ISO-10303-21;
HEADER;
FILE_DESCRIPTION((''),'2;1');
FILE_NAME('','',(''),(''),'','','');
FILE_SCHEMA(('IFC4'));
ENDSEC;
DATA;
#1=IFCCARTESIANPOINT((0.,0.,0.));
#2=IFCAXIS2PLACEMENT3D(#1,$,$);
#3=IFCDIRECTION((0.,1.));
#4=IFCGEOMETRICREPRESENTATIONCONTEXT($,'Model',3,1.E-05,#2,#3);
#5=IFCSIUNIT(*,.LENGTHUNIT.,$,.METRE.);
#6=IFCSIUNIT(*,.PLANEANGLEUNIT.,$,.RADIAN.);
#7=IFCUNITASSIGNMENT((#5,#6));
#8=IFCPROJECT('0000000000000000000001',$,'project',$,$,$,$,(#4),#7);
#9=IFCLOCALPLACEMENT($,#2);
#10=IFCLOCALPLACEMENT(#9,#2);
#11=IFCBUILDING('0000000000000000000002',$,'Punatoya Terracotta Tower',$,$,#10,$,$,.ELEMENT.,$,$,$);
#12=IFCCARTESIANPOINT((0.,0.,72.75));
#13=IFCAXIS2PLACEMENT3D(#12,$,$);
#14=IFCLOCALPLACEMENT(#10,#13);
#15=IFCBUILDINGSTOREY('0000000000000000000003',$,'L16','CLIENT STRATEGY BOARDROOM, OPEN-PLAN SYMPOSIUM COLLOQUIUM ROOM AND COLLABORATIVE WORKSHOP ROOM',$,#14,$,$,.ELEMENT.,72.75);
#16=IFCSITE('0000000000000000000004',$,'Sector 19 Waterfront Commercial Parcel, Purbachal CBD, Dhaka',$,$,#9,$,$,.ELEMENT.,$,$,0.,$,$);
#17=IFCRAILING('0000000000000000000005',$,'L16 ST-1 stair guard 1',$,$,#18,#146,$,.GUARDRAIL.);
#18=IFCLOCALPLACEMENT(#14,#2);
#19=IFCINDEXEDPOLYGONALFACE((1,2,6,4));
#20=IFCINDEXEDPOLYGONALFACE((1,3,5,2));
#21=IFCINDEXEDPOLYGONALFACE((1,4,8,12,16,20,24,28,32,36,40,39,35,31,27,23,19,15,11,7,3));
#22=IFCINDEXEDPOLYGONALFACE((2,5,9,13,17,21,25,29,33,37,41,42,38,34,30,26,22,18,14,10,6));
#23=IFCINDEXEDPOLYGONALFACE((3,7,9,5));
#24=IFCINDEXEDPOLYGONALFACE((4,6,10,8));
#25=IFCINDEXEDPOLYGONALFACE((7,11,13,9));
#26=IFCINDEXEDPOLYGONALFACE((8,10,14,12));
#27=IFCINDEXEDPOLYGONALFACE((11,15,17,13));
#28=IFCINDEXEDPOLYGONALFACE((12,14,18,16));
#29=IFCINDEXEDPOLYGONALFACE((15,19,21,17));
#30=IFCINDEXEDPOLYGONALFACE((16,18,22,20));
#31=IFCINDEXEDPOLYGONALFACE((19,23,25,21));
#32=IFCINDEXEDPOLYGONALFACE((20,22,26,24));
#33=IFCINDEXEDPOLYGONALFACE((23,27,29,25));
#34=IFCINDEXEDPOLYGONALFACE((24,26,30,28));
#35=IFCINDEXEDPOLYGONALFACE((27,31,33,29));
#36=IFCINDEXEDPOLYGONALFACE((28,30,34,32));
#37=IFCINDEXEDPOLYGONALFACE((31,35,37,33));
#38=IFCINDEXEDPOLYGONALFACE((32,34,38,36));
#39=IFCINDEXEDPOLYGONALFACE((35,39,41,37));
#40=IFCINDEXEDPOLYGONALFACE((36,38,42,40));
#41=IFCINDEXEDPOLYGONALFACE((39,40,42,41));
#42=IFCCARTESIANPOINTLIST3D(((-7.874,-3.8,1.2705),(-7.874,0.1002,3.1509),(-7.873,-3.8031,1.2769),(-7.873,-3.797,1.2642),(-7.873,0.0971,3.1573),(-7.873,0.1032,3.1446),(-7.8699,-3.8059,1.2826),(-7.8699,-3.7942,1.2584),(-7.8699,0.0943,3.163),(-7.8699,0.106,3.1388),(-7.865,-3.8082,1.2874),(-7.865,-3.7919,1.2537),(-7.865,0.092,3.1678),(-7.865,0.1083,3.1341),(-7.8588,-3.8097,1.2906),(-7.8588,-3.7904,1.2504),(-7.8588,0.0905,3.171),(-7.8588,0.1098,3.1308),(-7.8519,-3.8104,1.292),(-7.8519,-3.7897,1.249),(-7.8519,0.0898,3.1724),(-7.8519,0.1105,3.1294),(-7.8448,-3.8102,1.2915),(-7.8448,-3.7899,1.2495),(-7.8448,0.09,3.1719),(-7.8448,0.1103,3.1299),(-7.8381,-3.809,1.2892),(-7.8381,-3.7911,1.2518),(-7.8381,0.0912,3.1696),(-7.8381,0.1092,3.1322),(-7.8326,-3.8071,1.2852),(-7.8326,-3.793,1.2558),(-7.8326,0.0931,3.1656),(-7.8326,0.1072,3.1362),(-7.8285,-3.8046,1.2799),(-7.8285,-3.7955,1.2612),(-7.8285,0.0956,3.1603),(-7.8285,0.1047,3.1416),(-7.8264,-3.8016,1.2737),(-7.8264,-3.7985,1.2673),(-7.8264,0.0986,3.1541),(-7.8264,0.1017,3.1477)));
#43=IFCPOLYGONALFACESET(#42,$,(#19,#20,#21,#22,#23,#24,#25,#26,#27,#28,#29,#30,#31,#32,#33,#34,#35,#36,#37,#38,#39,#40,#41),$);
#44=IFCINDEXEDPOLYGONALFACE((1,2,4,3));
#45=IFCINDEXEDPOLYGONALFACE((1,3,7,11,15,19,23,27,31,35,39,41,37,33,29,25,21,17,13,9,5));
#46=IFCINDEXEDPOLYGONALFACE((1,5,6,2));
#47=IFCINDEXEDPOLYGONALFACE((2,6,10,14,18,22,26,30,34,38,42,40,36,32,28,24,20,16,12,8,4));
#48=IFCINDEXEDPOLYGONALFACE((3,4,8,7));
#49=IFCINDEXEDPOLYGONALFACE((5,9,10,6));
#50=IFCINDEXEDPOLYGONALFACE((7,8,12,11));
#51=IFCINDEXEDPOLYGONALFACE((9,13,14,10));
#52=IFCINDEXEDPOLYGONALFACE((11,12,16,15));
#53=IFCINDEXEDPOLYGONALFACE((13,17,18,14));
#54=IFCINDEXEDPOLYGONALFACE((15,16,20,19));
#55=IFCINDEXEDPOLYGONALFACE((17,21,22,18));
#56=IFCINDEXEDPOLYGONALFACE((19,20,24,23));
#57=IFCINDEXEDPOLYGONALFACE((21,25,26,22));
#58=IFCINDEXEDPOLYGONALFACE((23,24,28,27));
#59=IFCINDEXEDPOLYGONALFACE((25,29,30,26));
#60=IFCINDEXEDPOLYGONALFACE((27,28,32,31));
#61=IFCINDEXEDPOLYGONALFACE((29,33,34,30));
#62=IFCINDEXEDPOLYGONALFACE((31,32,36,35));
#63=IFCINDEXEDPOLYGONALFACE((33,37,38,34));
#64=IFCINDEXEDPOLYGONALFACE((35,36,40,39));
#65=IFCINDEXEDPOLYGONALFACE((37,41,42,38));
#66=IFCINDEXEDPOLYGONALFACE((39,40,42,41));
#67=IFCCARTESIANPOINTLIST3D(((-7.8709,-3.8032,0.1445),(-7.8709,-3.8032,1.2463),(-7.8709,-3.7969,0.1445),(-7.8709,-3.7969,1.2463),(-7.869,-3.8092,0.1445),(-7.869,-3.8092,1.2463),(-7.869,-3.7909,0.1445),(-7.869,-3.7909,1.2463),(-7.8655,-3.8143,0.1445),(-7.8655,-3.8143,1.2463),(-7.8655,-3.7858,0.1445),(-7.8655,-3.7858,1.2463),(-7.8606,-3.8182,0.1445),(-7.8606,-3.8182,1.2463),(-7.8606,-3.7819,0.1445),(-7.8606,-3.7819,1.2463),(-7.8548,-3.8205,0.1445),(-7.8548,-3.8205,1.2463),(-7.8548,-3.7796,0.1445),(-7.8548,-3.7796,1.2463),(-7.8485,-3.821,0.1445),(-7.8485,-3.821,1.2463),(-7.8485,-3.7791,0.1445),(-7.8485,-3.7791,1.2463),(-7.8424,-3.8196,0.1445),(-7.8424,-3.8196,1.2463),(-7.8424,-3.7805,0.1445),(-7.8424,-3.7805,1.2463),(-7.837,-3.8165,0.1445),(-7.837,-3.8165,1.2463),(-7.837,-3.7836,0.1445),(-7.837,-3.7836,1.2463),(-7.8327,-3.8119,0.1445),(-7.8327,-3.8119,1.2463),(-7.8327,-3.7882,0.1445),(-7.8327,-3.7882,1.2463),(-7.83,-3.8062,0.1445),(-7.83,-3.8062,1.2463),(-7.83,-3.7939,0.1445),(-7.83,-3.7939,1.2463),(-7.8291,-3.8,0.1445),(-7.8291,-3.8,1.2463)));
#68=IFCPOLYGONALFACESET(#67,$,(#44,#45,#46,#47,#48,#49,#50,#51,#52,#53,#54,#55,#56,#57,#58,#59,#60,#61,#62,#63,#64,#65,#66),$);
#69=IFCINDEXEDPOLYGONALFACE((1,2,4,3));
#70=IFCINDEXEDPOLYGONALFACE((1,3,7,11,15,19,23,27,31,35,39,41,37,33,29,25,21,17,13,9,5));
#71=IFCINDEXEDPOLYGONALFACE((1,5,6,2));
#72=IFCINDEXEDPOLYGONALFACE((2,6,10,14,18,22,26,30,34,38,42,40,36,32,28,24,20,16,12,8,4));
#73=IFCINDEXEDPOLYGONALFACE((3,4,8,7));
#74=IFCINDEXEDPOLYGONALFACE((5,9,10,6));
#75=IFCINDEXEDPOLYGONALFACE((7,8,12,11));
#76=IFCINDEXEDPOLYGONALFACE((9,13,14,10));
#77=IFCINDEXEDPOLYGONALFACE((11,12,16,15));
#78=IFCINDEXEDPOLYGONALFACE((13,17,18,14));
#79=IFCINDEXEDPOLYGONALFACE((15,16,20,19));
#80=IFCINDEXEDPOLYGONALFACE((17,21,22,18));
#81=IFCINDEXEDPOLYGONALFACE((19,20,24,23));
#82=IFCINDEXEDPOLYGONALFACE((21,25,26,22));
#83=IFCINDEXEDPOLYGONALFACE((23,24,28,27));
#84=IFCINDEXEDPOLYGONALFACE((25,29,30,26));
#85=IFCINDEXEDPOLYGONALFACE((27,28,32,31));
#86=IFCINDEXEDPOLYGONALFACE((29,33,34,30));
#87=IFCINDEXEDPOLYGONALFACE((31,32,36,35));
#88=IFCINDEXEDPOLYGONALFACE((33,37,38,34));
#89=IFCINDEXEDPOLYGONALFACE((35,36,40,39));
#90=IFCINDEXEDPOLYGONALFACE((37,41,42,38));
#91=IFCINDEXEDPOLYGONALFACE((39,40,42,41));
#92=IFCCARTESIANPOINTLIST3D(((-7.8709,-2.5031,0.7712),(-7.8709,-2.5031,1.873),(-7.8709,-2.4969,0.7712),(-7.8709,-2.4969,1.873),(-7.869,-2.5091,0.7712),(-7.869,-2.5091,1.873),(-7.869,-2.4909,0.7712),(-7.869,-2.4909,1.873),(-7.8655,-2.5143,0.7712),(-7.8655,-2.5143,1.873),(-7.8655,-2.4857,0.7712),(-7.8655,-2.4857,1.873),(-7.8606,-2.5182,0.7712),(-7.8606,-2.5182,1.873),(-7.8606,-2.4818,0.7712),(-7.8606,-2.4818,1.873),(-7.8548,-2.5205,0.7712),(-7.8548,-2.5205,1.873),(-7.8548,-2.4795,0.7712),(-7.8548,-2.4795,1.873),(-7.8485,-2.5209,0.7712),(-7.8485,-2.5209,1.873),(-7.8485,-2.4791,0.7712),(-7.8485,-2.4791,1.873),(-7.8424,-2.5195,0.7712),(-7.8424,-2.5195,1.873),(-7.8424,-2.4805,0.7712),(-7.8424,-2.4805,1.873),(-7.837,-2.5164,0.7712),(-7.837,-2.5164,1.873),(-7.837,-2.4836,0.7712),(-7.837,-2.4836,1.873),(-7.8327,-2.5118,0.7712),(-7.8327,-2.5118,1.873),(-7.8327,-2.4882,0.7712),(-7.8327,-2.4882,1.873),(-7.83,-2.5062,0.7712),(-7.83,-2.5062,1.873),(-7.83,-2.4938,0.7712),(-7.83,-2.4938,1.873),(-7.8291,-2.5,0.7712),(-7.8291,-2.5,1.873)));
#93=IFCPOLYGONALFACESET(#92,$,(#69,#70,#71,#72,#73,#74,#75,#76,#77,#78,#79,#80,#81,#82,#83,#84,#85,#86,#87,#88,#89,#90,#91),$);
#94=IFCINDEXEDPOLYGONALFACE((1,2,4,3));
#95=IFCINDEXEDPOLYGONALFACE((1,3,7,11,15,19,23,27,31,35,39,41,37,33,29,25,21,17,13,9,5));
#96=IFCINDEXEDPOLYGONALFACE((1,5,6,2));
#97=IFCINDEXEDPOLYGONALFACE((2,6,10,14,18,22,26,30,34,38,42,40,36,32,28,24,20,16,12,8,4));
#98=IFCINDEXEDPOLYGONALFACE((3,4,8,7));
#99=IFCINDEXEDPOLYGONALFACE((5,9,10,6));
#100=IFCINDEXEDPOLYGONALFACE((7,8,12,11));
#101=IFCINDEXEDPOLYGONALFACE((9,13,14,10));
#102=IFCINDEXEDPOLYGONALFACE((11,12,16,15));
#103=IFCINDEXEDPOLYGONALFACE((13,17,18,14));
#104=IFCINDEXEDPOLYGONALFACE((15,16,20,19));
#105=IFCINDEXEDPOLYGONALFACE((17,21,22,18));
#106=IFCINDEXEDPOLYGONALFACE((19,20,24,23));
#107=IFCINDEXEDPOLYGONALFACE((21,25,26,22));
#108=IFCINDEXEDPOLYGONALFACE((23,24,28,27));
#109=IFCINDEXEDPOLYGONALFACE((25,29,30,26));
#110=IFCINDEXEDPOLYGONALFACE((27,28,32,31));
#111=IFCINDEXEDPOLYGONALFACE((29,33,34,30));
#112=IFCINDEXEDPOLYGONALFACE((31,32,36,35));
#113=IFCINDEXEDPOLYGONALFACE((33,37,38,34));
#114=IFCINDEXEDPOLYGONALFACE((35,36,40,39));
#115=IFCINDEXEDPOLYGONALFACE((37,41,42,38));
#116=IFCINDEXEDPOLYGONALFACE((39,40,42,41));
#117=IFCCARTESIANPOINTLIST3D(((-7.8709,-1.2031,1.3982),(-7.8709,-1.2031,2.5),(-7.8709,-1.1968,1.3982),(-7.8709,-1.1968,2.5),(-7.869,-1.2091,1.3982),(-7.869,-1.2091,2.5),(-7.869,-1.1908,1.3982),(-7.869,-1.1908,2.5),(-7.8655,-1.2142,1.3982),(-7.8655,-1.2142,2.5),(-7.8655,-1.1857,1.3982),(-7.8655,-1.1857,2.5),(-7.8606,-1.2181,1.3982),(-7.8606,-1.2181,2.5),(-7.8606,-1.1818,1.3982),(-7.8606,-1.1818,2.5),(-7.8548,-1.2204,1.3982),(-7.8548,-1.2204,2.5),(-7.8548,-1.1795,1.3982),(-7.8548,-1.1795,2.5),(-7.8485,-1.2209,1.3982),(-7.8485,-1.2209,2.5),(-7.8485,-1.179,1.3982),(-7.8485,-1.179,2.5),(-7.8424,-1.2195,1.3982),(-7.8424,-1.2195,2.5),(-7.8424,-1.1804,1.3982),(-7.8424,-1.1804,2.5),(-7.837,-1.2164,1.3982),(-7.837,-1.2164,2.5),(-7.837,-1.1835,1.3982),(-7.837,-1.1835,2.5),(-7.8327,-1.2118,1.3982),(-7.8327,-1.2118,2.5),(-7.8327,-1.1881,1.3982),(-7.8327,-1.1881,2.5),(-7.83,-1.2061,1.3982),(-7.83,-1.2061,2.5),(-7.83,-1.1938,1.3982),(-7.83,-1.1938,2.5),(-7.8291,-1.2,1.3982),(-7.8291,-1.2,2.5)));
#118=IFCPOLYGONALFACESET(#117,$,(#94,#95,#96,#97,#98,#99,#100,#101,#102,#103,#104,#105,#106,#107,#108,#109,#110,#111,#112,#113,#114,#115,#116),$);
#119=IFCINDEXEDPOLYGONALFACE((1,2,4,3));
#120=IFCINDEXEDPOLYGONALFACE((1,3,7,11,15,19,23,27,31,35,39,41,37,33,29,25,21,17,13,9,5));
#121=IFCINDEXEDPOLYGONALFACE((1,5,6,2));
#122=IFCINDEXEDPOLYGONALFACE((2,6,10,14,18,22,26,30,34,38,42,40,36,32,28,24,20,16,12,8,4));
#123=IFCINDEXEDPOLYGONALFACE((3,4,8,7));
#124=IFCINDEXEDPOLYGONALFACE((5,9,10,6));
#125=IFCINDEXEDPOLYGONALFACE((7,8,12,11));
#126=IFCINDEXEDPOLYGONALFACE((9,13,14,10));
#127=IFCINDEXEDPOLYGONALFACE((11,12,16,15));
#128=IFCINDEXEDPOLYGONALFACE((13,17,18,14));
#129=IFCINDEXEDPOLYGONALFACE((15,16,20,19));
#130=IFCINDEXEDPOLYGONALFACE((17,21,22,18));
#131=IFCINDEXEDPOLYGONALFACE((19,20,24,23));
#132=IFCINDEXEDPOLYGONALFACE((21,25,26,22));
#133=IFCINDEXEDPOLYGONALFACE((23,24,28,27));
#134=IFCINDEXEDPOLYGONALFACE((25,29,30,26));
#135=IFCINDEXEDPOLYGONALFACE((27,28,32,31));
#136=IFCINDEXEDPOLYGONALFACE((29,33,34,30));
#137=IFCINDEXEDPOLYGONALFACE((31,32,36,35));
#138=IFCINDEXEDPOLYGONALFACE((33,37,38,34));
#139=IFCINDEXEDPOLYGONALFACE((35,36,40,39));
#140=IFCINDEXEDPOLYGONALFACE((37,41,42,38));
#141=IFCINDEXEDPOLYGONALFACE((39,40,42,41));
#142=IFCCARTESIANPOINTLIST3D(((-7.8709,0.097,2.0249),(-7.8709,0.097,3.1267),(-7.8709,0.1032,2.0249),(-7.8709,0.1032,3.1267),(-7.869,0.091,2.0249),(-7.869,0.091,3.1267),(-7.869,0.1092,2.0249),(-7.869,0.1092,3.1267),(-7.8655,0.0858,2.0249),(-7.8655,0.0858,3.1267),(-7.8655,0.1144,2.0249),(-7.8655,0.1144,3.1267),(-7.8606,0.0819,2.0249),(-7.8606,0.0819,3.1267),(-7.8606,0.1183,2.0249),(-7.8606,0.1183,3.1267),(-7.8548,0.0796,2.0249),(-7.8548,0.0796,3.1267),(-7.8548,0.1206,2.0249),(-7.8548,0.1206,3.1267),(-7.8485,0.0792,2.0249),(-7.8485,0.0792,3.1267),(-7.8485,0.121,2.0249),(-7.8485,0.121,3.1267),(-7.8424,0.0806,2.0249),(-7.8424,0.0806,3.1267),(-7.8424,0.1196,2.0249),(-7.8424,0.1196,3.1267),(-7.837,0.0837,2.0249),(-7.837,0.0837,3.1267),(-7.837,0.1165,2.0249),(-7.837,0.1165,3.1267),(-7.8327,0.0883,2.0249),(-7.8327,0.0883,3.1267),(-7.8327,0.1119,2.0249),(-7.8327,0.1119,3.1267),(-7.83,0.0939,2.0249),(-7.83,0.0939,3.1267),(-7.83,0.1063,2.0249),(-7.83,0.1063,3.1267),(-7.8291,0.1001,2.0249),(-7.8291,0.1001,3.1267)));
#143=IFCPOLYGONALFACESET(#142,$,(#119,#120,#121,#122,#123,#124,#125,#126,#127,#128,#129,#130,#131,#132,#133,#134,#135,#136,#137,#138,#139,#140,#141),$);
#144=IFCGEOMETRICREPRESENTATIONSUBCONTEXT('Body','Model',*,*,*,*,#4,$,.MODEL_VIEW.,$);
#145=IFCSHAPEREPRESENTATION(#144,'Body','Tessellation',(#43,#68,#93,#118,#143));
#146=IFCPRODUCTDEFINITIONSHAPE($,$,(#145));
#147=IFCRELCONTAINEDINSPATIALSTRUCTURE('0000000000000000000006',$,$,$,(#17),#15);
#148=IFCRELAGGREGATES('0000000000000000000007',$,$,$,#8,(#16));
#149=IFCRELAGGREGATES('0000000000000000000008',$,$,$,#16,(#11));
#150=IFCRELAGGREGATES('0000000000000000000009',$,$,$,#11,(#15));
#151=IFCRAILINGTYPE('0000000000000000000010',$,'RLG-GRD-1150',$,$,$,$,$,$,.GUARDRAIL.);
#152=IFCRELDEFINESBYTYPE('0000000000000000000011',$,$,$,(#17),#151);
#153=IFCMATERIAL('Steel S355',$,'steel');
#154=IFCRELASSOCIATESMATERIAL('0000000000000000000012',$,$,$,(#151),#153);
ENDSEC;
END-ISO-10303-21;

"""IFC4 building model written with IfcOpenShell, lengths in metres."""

from ifc_helpers import new_model, si_unit, direction, frame, origin, origin_2d, place, context, subcontext, project, spatial, circle, extrude, material, type_object, element, save


model = new_model("IFC4")

# Units and contexts
model_context = context("Model", 3, precision=1e-05, world=origin(), true_north=direction((0.0, 1.0)))
body_context = subcontext(model_context, "Body", "Model", "MODEL_VIEW")
ifc_project = project(units=[si_unit("LENGTHUNIT", "METRE"), si_unit("PLANEANGLEUNIT", "RADIAN")], contexts=[model_context])

# Site, building, storey
site_placement = place(None, origin())
site = spatial("IfcSite", under=ifc_project, at=site_placement, Name="Sector 19 Waterfront Commercial Parcel, Purbachal CBD, Dhaka", CompositionType="ELEMENT", RefElevation=0.0)
building_placement = place(site_placement, origin())
building = spatial("IfcBuilding", under=site, at=building_placement, Name="Punatoya Terracotta Tower", CompositionType="ELEMENT")
storey_placement = place(building_placement, frame((0.0, 0.0, 72.75)))
storey = spatial("IfcBuildingStorey", under=building, at=storey_placement, Name="L16", Description="CLIENT STRATEGY BOARDROOM, OPEN-PLAN SYMPOSIUM COLLOQUIUM ROOM AND COLLABORATIVE WORKSHOP ROOM", CompositionType="ELEMENT", Elevation=72.75)

# Railing
ifc_material_1 = material(Name="Steel S355", Category="steel")
railing_type_1 = type_object("IfcRailingType", Name="RLG-GRD-1150", PredefinedType="GUARDRAIL", material=ifc_material_1)
railing_1_placement = place(storey_placement, frame((-7.8501, -3.8, 0.1445)))
element("IfcRailing", 1, at=railing_1_placement, inside=storey, type_object=railing_type_1, Name="L16 ST-1 stair guard 1", PredefinedType="GUARDRAIL", context=body_context, shape_type="SweptSolid", body=[
    extrude(circle(Radius=0.0239, at=origin_2d()), frame((0.0, 0.0, 1.126), z_axis=(0.0, 0.900774, 0.434289), x_axis=(-1.0, 0.0, 0.0)), (0.0, 0.0, 1.0), 4.3298),
    extrude(circle(Radius=0.021, at=origin_2d()), origin(), (0.0, 0.0, 1.0), 1.1018),
    extrude(circle(Radius=0.021, at=origin_2d()), frame((0.0, 1.3, 0.6267)), (0.0, 0.0, 1.0), 1.1018),
    extrude(circle(Radius=0.021, at=origin_2d()), frame((0.0, 2.6001, 1.2537)), (0.0, 0.0, 1.0), 1.1018),
    extrude(circle(Radius=0.021, at=origin_2d()), frame((0.0, 3.9001, 1.8804)), (0.0, 0.0, 1.0), 1.1018),
])

save(model, "model.ifc")
